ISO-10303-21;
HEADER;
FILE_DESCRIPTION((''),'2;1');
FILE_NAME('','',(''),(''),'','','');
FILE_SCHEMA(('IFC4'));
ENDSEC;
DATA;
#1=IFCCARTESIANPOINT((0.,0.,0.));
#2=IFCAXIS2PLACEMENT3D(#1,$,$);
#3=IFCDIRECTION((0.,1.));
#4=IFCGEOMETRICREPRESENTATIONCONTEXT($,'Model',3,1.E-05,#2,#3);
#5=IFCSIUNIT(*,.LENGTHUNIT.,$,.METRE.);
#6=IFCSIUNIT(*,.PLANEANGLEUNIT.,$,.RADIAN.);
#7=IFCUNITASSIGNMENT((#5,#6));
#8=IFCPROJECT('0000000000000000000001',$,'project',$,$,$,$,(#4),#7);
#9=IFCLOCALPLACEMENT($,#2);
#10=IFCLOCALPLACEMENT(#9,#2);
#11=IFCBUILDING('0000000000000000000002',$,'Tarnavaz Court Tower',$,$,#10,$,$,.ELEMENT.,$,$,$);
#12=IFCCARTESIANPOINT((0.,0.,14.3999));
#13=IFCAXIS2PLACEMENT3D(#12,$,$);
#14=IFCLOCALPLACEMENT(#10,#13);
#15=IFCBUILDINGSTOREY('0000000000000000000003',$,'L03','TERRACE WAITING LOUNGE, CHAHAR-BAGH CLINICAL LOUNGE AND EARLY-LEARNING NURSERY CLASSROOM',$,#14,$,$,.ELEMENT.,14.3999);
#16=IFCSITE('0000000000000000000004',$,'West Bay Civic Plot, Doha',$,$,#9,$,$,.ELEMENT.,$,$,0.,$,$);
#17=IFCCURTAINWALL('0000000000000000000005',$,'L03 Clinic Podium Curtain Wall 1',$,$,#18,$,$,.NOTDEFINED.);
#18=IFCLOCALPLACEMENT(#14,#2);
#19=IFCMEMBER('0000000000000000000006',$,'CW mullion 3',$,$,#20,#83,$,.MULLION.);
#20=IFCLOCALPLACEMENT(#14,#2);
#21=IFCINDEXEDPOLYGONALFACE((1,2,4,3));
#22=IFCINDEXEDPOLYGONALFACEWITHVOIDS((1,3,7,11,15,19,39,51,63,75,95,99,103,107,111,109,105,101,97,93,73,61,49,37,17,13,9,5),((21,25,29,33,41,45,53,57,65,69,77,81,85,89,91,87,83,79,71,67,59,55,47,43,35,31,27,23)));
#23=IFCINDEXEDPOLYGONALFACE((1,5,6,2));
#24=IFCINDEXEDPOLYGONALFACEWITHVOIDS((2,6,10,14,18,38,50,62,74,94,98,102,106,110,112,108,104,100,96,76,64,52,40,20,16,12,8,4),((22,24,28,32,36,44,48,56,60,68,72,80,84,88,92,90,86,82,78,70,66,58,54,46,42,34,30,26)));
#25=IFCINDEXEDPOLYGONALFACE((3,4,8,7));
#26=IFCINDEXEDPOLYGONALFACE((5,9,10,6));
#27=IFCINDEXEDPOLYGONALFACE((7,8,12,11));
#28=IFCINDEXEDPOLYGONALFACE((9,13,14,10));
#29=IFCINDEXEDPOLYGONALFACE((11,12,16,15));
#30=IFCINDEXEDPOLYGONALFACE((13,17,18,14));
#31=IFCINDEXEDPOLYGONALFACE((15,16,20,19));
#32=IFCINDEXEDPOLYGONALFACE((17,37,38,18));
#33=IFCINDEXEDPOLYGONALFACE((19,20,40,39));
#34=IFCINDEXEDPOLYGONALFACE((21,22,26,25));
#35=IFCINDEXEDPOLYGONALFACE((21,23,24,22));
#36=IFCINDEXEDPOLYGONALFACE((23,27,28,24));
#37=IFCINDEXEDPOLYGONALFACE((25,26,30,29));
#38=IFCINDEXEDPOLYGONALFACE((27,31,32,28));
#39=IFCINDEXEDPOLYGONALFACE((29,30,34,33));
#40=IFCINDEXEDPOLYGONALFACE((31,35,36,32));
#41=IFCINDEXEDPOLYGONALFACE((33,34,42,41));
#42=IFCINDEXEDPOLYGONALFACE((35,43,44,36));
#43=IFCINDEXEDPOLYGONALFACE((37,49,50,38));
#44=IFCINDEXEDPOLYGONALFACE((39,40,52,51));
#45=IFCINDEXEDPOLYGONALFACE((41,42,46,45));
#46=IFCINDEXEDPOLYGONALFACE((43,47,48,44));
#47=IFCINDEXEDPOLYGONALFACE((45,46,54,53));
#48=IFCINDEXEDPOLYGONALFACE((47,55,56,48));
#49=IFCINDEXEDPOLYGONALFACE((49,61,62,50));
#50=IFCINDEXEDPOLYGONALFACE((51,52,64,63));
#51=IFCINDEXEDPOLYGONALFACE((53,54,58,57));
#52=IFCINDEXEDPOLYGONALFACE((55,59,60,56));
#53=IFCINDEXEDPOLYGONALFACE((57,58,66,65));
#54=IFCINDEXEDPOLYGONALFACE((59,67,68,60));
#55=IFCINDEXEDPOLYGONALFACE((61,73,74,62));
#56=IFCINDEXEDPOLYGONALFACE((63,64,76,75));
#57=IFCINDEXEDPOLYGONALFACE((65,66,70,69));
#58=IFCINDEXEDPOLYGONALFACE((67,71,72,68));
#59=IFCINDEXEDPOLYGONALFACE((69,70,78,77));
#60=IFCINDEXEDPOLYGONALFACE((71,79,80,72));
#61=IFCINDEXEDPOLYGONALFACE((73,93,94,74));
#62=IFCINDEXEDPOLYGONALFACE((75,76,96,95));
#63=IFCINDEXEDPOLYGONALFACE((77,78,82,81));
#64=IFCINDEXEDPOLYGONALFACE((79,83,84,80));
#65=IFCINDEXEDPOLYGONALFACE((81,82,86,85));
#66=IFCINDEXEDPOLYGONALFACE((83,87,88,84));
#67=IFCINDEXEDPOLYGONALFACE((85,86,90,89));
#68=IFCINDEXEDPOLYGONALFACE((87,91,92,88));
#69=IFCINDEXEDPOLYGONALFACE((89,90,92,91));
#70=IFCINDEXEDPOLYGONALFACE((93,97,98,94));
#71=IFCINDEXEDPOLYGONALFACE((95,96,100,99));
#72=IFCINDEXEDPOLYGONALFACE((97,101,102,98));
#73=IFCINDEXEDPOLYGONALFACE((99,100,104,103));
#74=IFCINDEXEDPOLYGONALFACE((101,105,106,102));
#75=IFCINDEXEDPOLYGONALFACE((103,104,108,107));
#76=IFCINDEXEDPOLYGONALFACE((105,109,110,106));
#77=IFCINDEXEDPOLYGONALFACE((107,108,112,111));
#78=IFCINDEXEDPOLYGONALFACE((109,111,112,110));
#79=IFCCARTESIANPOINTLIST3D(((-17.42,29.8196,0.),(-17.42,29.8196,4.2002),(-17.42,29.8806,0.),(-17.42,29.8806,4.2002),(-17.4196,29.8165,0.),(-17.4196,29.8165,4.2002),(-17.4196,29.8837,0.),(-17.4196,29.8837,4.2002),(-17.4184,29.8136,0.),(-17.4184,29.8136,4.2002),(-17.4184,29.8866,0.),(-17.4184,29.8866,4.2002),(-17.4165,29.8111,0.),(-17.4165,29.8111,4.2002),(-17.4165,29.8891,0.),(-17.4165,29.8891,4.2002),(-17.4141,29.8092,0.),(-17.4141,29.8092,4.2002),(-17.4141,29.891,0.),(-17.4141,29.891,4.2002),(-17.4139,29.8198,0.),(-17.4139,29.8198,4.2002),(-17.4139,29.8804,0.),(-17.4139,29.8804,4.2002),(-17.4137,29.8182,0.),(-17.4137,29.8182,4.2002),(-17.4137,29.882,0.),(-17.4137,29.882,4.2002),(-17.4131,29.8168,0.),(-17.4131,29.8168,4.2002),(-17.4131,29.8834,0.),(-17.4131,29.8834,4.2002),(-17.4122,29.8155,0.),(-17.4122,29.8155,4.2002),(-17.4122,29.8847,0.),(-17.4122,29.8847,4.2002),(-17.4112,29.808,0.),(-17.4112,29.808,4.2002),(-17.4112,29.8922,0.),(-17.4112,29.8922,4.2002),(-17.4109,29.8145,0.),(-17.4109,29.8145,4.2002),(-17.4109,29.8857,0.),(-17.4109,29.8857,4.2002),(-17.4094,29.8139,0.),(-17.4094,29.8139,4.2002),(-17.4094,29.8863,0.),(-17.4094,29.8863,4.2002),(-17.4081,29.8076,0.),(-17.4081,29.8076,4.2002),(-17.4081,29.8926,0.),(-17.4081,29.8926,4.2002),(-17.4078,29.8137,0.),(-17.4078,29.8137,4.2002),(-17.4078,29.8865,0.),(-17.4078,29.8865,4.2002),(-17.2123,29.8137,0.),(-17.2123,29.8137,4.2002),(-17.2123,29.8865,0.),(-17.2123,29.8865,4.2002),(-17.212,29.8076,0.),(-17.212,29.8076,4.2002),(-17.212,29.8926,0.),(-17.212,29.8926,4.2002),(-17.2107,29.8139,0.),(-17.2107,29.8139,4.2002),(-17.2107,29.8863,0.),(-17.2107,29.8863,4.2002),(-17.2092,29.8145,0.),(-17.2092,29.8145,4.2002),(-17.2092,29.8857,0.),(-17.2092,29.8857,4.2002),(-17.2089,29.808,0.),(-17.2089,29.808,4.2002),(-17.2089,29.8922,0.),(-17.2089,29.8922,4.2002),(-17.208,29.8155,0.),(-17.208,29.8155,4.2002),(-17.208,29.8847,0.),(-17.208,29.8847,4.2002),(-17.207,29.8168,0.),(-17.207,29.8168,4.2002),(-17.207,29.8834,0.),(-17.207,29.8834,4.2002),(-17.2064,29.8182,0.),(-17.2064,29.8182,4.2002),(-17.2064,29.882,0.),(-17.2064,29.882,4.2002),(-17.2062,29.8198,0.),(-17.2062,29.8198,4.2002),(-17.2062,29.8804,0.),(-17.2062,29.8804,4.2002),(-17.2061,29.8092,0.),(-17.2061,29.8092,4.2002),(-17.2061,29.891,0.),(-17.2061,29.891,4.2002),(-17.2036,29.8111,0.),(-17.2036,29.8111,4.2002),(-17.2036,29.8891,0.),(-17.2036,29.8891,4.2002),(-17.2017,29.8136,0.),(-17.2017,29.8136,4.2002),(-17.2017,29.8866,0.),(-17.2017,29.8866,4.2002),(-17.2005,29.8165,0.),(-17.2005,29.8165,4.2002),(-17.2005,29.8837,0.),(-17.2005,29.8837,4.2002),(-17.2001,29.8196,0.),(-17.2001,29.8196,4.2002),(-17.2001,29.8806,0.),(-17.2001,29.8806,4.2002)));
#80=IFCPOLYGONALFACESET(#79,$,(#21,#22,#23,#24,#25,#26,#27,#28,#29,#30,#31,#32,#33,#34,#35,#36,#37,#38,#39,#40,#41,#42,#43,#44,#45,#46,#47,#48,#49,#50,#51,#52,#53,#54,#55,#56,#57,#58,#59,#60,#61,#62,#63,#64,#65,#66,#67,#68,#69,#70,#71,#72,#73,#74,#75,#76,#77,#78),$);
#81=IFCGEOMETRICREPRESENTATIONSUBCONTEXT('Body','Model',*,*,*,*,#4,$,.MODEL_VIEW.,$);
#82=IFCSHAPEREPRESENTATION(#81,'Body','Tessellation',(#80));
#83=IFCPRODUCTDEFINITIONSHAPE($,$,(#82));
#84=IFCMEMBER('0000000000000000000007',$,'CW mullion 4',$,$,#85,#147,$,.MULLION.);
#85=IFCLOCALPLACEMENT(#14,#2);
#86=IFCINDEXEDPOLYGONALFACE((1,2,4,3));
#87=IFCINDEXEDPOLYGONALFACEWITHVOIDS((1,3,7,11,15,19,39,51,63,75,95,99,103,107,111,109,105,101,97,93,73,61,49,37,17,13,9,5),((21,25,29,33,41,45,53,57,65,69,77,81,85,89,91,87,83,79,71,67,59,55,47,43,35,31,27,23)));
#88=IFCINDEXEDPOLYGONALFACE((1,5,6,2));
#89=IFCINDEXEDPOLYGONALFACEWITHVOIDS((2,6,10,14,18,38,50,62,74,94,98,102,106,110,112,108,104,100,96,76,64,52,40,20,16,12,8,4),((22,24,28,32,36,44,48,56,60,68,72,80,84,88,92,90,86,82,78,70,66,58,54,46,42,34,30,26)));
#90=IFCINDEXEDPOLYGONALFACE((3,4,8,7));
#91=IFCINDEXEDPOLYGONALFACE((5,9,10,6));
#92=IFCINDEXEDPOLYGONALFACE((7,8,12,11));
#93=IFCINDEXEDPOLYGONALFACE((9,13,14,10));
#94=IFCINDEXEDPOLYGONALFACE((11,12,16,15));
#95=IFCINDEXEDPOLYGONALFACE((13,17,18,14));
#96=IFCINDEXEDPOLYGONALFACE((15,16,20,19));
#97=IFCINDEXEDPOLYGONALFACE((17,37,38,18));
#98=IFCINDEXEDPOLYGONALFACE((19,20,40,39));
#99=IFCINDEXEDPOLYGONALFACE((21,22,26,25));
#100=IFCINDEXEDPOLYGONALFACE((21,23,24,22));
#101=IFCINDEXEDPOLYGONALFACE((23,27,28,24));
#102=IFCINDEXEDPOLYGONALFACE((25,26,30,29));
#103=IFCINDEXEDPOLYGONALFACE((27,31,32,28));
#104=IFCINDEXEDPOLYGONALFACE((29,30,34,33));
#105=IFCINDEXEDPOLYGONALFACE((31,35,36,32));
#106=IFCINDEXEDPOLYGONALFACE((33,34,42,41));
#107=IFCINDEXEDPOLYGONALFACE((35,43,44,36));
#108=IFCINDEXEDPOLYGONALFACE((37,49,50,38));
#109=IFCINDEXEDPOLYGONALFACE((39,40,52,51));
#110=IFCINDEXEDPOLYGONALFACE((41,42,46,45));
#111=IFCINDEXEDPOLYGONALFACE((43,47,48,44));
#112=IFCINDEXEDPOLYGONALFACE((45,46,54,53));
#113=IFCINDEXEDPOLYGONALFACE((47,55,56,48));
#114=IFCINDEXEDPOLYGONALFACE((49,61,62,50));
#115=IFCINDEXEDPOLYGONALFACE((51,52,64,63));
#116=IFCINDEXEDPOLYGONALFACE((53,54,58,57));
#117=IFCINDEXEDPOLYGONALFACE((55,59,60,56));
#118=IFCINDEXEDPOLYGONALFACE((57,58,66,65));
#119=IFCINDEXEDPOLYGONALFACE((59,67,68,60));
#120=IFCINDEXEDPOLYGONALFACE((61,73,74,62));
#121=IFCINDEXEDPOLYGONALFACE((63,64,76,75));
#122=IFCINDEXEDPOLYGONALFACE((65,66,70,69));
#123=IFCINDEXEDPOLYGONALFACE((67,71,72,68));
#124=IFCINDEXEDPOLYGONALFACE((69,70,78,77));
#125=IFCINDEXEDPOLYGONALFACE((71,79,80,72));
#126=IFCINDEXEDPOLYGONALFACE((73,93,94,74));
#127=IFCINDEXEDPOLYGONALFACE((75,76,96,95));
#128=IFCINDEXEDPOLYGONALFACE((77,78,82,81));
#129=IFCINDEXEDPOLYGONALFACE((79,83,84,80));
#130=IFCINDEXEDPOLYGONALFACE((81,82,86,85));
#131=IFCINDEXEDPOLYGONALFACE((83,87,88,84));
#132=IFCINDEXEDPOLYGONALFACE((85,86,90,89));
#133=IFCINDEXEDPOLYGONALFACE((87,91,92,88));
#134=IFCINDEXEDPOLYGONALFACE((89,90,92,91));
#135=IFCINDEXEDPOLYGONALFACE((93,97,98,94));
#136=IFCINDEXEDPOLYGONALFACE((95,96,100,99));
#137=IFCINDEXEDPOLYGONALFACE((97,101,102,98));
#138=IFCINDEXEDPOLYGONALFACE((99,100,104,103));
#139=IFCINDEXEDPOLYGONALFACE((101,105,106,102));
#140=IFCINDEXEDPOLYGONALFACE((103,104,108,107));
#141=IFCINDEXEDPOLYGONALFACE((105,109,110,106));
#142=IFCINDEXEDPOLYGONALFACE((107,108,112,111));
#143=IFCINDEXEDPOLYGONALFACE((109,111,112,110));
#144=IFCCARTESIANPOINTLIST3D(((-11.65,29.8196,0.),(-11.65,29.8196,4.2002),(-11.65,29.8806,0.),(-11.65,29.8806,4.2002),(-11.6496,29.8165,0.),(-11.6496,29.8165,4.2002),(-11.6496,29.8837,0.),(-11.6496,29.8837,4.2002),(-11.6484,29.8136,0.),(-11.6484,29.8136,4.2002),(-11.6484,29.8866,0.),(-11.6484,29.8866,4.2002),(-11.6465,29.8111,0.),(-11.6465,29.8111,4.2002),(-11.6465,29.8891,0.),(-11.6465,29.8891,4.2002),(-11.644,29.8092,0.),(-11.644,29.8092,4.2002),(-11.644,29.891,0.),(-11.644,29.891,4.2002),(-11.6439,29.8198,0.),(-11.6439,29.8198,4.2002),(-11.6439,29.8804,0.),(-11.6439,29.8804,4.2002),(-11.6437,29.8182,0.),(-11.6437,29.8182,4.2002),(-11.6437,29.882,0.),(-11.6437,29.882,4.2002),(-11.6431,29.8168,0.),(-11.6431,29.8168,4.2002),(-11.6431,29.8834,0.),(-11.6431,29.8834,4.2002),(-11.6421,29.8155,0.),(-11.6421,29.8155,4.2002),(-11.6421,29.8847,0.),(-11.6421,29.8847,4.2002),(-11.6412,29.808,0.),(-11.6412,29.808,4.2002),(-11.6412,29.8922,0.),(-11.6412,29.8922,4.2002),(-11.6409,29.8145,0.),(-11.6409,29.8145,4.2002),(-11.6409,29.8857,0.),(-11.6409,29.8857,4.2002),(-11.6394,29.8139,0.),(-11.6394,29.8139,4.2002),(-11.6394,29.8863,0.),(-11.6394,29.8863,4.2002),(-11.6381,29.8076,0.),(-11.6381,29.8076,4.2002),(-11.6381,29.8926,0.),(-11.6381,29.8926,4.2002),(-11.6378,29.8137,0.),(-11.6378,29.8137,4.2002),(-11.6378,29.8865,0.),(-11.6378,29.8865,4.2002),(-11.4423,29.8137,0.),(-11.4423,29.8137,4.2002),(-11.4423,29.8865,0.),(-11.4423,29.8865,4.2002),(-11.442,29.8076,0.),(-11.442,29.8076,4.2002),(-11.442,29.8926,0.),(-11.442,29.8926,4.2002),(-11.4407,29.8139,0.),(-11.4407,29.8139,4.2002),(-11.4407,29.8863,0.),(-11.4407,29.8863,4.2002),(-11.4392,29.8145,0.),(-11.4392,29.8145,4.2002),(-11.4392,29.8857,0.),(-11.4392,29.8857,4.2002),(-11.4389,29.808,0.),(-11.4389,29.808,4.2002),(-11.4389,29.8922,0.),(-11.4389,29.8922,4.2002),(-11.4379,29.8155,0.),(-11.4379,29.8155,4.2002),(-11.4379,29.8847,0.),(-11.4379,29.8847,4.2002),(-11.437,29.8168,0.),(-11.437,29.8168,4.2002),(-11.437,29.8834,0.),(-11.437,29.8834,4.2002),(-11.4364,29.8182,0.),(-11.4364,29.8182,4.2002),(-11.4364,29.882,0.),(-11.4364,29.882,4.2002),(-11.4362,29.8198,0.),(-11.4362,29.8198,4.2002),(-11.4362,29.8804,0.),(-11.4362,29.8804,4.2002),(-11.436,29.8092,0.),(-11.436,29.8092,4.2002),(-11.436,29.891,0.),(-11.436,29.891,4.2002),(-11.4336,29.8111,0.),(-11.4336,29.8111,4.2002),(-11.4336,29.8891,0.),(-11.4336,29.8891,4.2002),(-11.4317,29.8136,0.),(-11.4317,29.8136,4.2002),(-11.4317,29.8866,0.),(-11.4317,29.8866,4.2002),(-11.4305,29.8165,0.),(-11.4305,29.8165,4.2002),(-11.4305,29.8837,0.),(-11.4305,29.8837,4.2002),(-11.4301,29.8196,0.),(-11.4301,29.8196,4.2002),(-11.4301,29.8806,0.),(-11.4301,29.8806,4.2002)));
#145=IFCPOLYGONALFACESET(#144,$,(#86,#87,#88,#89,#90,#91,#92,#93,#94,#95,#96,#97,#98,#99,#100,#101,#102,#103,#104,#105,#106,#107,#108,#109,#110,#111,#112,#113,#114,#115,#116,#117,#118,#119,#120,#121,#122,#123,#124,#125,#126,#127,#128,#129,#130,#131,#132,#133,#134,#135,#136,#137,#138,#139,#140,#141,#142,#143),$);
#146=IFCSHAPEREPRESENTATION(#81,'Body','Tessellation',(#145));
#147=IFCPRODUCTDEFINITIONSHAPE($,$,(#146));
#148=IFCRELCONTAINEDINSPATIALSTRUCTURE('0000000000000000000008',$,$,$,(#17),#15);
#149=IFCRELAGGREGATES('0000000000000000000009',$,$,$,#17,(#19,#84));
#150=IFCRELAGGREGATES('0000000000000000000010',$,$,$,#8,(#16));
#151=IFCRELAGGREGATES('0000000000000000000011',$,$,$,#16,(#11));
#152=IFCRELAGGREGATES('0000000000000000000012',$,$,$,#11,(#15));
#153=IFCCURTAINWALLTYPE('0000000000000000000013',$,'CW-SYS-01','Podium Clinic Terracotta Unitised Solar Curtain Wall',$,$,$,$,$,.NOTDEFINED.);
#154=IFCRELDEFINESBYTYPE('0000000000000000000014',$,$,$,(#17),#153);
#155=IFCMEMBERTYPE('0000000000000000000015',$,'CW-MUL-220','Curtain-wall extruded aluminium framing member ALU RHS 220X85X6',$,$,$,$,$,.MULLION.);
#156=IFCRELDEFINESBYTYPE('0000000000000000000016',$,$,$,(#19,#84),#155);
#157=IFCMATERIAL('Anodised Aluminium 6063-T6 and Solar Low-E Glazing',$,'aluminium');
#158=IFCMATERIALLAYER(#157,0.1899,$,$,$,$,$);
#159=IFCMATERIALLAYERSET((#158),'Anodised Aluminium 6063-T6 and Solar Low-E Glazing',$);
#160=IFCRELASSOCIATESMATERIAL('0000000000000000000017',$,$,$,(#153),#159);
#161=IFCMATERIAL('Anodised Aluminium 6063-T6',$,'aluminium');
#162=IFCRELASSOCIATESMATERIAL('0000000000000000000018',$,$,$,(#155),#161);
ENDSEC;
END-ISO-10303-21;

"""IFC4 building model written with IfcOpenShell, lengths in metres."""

from ifc_helpers import new_model, si_unit, direction, frame, origin, origin_2d, place, context, subcontext, project, spatial, hollow_rectangle, extrude, material, layer, layer_set, material_profile, profile_set, type_object, element, aggregate, save


model = new_model("IFC4")

# Units and contexts
model_context = context("Model", 3, precision=1e-05, world=origin(), true_north=direction((0.0, 1.0)))
body_context = subcontext(model_context, "Body", "Model", "MODEL_VIEW")
ifc_project = project(units=[si_unit("LENGTHUNIT", "METRE"), si_unit("PLANEANGLEUNIT", "RADIAN")], contexts=[model_context])

# Site, building, storey
site_placement = place(None, origin())
site = spatial("IfcSite", under=ifc_project, at=site_placement, Name="West Bay Civic Plot, Doha", CompositionType="ELEMENT", RefElevation=0.0)
building_placement = place(site_placement, origin())
building = spatial("IfcBuilding", under=site, at=building_placement, Name="Tarnavaz Court Tower", CompositionType="ELEMENT")
storey_placement = place(building_placement, frame((0.0, 0.0, 14.3999)))
storey = spatial("IfcBuildingStorey", under=building, at=storey_placement, Name="L03", Description="TERRACE WAITING LOUNGE, CHAHAR-BAGH CLINICAL LOUNGE AND EARLY-LEARNING NURSERY CLASSROOM", CompositionType="ELEMENT", Elevation=14.3999)

# Curtain wall, members
ifc_material_1 = material(Name="Anodised Aluminium 6063-T6 and Solar Low-E Glazing", Category="aluminium")
ifc_layer_1 = layer(ifc_material_1, 0.1899)
ifc_layer_set_1 = layer_set([ifc_layer_1], Name="Anodised Aluminium 6063-T6 and Solar Low-E Glazing")
curtain_wall_type = type_object("IfcCurtainWallType", Name="CW-SYS-01", Description="Podium Clinic Terracotta Unitised Solar Curtain Wall", PredefinedType="NOTDEFINED", material=ifc_layer_set_1)
curtain_wall_placement = place(storey_placement, origin())
curtain_wall = element("IfcCurtainWall", 1, at=curtain_wall_placement, inside=storey, type_object=curtain_wall_type, Name="L03 Clinic Podium Curtain Wall 1", PredefinedType="NOTDEFINED")
ifc_material_2 = material(Name="Anodised Aluminium 6063-T6", Category="aluminium")
ifc_material_profile_1 = material_profile(ifc_material_2, hollow_rectangle(XDim=0.085, YDim=0.22, WallThickness=0.0061, InnerFilletRadius=0.0061, OuterFilletRadius=0.012, at=origin_2d()), Name="ALU RHS 220X85X6")
ifc_profile_set_1 = profile_set([ifc_material_profile_1], Name="Anodised Aluminium 6063-T6")
member_type_1 = type_object("IfcMemberType", Name="CW-MUL-220", Description="Curtain-wall extruded aluminium framing member ALU RHS 220X85X6", PredefinedType="MULLION", material=ifc_profile_set_1)
member_1_placement = place(storey_placement, frame((-17.3101, 29.8501, 0.0), z_axis=(0.0, 0.0, 1.0), x_axis=(0.0, 1.0, 0.0)))
member_1 = element("IfcMember", 2, at=member_1_placement, type_object=member_type_1, Name="CW mullion 3", PredefinedType="MULLION", context=body_context, shape_type="SweptSolid", body=[
    extrude(hollow_rectangle(XDim=0.085, YDim=0.22, WallThickness=0.0061, InnerFilletRadius=0.0061, OuterFilletRadius=0.012, at=origin_2d()), origin(), (0.0, 0.0, 1.0), 4.2002),
])
member_2_placement = place(storey_placement, frame((-11.54, 29.8501, 0.0), z_axis=(0.0, 0.0, 1.0), x_axis=(0.0, 1.0, 0.0)))
member_2 = element("IfcMember", 3, at=member_2_placement, type_object=member_type_1, Name="CW mullion 4", PredefinedType="MULLION", context=body_context, shape_type="SweptSolid", body=[
    extrude(hollow_rectangle(XDim=0.085, YDim=0.22, WallThickness=0.0061, InnerFilletRadius=0.0061, OuterFilletRadius=0.012, at=origin_2d()), origin(), (0.0, 0.0, 1.0), 4.2002),
])
aggregate(curtain_wall, [member_1, member_2])

save(model, "model.ifc")
